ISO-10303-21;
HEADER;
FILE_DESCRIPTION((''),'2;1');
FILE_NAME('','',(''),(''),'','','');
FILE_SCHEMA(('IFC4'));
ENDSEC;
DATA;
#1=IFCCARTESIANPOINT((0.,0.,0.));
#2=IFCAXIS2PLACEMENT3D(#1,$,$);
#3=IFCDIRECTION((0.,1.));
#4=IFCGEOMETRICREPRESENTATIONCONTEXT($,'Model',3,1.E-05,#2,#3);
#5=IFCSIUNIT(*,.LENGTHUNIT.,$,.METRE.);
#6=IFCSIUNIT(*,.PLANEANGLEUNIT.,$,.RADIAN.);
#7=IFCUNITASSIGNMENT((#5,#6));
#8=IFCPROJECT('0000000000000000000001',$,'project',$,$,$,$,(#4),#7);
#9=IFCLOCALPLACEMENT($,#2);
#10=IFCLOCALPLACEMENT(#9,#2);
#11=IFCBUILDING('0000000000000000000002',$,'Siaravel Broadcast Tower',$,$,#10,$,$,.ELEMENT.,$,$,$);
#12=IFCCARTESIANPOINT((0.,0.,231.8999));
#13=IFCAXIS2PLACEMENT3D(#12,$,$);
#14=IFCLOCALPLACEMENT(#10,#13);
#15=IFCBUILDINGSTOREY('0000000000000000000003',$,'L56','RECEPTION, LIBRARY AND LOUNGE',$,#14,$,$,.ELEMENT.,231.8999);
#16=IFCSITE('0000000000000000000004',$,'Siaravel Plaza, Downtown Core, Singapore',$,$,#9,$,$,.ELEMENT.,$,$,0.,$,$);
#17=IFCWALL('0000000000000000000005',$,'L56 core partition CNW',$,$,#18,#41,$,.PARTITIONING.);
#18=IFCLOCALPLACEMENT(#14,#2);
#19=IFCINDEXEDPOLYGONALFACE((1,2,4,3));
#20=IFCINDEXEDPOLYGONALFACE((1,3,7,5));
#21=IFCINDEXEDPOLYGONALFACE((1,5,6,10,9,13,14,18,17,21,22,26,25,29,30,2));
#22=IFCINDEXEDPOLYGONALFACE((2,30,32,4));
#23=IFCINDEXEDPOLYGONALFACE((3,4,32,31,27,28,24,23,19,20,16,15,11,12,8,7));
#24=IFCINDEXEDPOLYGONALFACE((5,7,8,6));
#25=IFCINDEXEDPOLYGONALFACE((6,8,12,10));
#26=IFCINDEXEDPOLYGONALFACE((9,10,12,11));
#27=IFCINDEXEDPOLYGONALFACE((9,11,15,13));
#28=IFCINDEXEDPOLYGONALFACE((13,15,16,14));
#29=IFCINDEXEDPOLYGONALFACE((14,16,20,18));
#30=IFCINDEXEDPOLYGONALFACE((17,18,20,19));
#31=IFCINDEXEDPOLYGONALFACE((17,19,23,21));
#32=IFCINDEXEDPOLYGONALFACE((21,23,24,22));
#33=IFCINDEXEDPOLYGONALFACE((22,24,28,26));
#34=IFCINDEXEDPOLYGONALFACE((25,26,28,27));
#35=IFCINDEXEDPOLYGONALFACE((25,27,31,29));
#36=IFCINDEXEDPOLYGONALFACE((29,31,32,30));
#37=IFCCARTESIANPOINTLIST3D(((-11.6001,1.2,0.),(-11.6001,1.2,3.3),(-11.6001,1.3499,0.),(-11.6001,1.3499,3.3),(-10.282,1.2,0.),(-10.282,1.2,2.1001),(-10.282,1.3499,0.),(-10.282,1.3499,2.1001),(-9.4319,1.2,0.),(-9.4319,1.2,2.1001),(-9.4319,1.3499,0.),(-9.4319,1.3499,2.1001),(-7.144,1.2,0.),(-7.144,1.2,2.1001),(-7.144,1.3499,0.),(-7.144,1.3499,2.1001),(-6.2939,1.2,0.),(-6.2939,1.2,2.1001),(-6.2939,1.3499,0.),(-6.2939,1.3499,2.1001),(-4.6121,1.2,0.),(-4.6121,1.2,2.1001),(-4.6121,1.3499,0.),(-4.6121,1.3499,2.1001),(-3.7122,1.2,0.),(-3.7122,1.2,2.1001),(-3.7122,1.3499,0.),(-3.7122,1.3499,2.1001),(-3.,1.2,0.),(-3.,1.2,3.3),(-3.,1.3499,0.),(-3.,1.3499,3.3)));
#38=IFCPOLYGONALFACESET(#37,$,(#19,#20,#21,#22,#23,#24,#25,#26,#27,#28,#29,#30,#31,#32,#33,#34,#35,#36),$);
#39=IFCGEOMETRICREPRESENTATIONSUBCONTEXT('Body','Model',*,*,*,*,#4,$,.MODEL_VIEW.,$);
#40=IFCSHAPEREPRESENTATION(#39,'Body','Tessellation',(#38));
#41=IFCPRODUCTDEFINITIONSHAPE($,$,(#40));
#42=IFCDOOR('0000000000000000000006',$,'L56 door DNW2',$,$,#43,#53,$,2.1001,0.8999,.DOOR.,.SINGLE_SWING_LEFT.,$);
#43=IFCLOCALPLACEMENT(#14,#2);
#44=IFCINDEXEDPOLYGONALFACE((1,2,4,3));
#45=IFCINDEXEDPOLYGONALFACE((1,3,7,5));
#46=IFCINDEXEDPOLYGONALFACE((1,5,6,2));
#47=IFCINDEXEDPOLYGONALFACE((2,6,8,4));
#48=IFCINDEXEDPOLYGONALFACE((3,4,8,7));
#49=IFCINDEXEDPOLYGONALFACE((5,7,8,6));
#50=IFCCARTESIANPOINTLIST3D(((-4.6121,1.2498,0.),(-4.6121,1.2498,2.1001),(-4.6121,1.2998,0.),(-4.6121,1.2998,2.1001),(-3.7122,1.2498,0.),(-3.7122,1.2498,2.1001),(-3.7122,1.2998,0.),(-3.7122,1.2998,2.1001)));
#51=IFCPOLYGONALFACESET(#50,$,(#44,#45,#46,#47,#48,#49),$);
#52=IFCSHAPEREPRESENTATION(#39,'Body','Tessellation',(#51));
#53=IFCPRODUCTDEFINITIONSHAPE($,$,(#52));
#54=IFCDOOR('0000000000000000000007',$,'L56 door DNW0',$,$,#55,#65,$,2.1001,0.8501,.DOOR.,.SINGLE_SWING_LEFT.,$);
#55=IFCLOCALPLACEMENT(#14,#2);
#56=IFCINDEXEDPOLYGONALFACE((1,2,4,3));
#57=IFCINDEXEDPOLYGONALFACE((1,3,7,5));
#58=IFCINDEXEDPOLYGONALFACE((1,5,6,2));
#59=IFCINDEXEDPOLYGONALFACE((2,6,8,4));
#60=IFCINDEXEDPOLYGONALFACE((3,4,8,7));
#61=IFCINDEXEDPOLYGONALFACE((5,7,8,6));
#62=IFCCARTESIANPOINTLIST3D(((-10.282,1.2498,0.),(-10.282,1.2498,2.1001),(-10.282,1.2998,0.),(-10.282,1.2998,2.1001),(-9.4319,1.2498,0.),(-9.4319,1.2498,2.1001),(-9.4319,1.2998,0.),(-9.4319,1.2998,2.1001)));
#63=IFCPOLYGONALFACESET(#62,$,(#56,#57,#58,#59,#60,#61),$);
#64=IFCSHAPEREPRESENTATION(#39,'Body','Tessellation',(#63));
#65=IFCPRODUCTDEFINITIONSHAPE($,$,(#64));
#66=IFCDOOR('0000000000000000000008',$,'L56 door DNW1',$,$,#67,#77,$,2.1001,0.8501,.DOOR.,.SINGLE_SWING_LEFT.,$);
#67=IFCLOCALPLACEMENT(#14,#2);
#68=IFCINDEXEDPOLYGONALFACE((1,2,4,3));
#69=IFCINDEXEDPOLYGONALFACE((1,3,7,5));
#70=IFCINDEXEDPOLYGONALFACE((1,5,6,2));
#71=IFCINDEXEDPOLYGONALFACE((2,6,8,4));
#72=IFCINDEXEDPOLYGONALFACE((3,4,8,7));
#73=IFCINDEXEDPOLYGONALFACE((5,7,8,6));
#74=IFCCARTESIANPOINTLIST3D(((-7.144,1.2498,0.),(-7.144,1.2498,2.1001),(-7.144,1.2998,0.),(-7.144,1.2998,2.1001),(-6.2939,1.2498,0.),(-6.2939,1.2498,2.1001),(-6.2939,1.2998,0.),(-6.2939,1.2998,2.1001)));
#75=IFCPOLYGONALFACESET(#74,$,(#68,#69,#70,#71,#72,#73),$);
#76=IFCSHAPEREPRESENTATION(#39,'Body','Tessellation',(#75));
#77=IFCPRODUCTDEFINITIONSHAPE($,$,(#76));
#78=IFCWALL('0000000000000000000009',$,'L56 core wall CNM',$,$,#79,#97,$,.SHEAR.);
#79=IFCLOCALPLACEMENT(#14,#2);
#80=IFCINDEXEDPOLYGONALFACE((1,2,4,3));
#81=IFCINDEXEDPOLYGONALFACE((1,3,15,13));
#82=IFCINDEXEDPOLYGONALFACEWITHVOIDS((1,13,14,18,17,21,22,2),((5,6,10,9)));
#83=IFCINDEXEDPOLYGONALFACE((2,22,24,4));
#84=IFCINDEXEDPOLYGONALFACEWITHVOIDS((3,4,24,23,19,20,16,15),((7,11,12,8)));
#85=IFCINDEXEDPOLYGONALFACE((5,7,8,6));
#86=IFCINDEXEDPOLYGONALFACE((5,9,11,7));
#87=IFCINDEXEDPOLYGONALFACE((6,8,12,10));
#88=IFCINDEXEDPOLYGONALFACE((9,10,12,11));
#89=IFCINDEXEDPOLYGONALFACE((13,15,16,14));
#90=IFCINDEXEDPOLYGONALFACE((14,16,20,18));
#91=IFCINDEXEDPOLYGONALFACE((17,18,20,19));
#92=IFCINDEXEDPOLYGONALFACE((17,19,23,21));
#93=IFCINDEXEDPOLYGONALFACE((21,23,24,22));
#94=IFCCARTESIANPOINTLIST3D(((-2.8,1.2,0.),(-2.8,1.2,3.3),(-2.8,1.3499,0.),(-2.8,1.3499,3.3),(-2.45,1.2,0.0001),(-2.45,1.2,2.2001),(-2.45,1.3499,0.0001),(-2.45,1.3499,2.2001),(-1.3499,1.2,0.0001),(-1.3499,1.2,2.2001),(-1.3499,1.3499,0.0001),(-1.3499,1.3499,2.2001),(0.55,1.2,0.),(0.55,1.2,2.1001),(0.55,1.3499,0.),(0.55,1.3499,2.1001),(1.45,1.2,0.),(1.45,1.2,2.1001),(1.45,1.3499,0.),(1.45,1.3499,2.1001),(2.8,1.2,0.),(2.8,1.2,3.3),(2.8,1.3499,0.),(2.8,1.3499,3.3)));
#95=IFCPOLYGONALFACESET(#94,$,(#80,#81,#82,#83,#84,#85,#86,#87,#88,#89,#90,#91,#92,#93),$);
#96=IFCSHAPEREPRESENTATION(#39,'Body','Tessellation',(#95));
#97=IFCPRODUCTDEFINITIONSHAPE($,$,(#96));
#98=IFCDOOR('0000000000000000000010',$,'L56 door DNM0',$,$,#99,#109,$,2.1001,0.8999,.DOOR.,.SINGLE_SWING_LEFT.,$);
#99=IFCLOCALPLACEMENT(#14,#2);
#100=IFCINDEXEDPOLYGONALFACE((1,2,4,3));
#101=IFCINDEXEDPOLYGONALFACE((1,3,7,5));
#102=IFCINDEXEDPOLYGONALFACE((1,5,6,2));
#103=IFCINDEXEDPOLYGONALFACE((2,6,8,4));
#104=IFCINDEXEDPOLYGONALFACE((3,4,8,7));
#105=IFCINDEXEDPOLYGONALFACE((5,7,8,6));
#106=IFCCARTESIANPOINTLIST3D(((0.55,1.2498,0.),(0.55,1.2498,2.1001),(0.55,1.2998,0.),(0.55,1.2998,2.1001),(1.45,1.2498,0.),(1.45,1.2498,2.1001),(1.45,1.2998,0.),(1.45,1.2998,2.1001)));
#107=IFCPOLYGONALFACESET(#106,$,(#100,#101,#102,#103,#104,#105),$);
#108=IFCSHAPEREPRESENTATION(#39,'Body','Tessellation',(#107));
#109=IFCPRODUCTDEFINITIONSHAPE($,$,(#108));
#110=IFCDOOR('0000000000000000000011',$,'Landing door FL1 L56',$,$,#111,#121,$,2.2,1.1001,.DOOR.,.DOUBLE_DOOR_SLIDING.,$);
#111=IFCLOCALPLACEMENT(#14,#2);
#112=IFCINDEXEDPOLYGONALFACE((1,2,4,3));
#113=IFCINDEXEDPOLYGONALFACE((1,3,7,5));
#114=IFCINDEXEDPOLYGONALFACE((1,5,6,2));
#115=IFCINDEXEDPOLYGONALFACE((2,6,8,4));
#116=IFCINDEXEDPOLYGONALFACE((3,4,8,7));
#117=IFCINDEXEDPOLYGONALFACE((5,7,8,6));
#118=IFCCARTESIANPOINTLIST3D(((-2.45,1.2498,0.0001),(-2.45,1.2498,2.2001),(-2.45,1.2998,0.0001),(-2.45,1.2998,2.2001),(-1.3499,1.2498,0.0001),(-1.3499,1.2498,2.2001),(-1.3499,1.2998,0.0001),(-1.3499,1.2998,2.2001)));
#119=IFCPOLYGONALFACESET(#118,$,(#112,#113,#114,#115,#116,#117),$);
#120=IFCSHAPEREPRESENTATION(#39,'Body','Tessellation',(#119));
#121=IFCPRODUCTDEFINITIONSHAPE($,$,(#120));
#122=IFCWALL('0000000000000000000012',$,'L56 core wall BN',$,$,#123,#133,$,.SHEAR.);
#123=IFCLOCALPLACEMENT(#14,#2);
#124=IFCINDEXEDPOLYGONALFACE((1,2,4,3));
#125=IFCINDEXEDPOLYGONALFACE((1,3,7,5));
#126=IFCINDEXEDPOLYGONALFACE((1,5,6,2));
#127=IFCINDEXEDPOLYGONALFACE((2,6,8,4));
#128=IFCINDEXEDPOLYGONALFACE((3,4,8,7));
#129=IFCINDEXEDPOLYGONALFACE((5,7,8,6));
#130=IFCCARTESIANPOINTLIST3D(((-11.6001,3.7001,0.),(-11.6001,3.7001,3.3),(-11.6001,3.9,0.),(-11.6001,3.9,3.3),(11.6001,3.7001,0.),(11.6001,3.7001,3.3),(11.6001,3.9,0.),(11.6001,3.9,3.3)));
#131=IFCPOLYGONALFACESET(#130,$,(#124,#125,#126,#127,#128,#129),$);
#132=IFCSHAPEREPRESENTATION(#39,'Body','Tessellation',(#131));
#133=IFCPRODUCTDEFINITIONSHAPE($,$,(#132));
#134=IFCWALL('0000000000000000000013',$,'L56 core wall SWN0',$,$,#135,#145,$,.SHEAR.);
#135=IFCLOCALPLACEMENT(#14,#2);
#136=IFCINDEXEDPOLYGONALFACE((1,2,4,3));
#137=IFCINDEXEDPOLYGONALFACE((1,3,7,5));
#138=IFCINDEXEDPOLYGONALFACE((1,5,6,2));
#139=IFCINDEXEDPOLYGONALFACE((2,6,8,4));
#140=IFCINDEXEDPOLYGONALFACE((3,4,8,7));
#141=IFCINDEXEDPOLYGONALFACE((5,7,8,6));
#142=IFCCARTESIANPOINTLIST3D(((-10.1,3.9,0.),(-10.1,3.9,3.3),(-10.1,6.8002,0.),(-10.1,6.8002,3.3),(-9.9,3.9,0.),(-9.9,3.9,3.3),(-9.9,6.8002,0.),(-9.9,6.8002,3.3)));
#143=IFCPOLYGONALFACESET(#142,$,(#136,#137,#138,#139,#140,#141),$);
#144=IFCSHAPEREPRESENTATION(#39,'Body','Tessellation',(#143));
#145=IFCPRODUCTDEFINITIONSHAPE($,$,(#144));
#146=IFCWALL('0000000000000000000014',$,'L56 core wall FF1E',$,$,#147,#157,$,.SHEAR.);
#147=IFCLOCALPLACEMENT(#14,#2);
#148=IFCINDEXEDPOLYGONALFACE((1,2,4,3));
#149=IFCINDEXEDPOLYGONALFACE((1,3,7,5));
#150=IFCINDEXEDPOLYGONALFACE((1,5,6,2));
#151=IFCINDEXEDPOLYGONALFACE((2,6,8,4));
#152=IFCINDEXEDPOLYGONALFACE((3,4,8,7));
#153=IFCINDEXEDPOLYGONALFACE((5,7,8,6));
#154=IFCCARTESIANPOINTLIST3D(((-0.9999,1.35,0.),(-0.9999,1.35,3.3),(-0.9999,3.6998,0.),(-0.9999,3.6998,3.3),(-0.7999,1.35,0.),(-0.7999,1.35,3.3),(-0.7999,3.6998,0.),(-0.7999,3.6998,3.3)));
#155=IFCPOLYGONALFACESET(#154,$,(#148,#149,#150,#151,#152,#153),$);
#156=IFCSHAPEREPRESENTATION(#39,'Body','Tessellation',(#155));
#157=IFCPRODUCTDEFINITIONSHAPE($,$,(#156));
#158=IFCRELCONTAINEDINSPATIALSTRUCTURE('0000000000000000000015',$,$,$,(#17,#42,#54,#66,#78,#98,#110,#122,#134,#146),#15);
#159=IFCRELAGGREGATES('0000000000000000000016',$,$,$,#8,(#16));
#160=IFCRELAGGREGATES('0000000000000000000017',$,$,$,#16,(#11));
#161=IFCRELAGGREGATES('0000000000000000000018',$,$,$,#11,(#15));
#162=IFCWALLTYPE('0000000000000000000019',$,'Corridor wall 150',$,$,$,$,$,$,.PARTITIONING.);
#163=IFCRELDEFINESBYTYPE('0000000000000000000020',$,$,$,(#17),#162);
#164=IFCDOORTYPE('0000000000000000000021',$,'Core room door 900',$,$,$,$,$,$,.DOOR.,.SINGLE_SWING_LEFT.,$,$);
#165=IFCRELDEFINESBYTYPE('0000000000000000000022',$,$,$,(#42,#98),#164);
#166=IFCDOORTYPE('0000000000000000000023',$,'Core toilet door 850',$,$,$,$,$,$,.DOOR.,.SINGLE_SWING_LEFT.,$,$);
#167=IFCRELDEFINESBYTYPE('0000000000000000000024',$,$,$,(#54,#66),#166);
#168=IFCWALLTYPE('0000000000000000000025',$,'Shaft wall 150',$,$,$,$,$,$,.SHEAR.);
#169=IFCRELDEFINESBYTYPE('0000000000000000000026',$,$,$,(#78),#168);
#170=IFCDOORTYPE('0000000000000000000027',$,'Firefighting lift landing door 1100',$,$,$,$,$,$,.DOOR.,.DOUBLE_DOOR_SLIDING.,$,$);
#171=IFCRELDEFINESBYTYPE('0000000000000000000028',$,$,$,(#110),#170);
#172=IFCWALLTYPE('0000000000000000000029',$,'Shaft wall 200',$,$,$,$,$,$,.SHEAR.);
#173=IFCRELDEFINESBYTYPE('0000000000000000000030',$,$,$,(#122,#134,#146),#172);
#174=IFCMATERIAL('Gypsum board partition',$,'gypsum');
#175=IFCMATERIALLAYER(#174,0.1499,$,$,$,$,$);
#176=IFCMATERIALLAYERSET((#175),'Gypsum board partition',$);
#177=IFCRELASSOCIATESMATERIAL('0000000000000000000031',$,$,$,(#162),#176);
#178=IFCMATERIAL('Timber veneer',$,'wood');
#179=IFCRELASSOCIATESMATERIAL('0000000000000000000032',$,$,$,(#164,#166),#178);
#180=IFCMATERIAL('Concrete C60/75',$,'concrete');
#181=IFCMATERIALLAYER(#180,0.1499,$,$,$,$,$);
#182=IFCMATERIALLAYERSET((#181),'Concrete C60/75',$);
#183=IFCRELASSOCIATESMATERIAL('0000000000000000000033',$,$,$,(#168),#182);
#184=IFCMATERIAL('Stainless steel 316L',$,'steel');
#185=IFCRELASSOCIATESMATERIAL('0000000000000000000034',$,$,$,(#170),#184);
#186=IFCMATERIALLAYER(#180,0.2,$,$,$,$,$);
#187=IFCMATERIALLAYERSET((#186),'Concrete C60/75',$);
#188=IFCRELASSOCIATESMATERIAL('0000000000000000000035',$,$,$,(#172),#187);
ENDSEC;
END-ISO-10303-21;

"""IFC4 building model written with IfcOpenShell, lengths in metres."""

from ifc_helpers import new_model, si_unit, direction, frame, frame_2d, origin, place, context, subcontext, project, spatial, rectangle, extrude, material, layer, layer_set, type_object, element, fill, save


model = new_model("IFC4")

# Units and contexts
model_context = context("Model", 3, precision=1e-05, world=origin(), true_north=direction((0.0, 1.0)))
body_context = subcontext(model_context, "Body", "Model", "MODEL_VIEW")
ifc_project = project(units=[si_unit("LENGTHUNIT", "METRE"), si_unit("PLANEANGLEUNIT", "RADIAN")], contexts=[model_context])

# Site, building, storey
site_placement = place(None, origin())
site = spatial("IfcSite", under=ifc_project, at=site_placement, Name="Siaravel Plaza, Downtown Core, Singapore", CompositionType="ELEMENT", RefElevation=0.0)
building_placement = place(site_placement, origin())
building = spatial("IfcBuilding", under=site, at=building_placement, Name="Siaravel Broadcast Tower", CompositionType="ELEMENT")
storey_placement = place(building_placement, frame((0.0, 0.0, 231.8999)))
storey = spatial("IfcBuildingStorey", under=building, at=storey_placement, Name="L56", Description="RECEPTION, LIBRARY AND LOUNGE", CompositionType="ELEMENT", Elevation=231.8999)

# Walls, openings, doors
ifc_material_1 = material(Name="Gypsum board partition", Category="gypsum")
ifc_layer_1 = layer(ifc_material_1, 0.1499)
ifc_layer_set_1 = layer_set([ifc_layer_1], Name="Gypsum board partition")
wall_type_1 = type_object("IfcWallType", Name="Corridor wall 150", PredefinedType="PARTITIONING", material=ifc_layer_set_1)
wall_1_placement = place(storey_placement, frame((-11.6001, 1.2749, 0.0), z_axis=(0.0, 0.0, 1.0), x_axis=(1.0, 0.0, 0.0)))
wall_1 = element("IfcWall", 1, at=wall_1_placement, inside=storey, type_object=wall_type_1, Name="L56 core partition CNW", PredefinedType="PARTITIONING", context=body_context, shape_type="SweptSolid", body=[
    extrude(rectangle(XDim=8.6001, YDim=0.1499, at=frame_2d((4.3, 0.0))), origin(), (0.0, 0.0, 1.0), 3.3),
])
opening_1_placement = place(wall_1_placement, frame((1.3181, 0.0, 0.0)))
opening_1 = element("IfcOpeningElement", 2, at=opening_1_placement, cuts=wall_1, PredefinedType="OPENING", context=body_context, shape_type="SweptSolid", body=[
    extrude(rectangle(XDim=0.8501, YDim=2.1001, at=frame_2d((0.425, 1.05))), frame((0.0, 0.085, 0.0), z_axis=(0.0, -1.0, 0.0), x_axis=(1.0, 0.0, 0.0)), (0.0, 0.0, 1.0), 0.1699),
])
opening_2_placement = place(wall_1_placement, frame((4.4561, 0.0, 0.0)))
opening_2 = element("IfcOpeningElement", 3, at=opening_2_placement, cuts=wall_1, PredefinedType="OPENING", context=body_context, shape_type="SweptSolid", body=[
    extrude(rectangle(XDim=0.8501, YDim=2.1001, at=frame_2d((0.425, 1.05))), frame((0.0, 0.085, 0.0), z_axis=(0.0, -1.0, 0.0), x_axis=(1.0, 0.0, 0.0)), (0.0, 0.0, 1.0), 0.1699),
])
opening_3_placement = place(wall_1_placement, frame((6.988, 0.0, 0.0)))
opening_3 = element("IfcOpeningElement", 4, at=opening_3_placement, cuts=wall_1, PredefinedType="OPENING", context=body_context, shape_type="SweptSolid", body=[
    extrude(rectangle(XDim=0.8999, YDim=2.1001, at=frame_2d((0.45, 1.05))), frame((0.0, 0.085, 0.0), z_axis=(0.0, -1.0, 0.0), x_axis=(1.0, 0.0, 0.0)), (0.0, 0.0, 1.0), 0.1699),
])
ifc_material_2 = material(Name="Timber veneer", Category="wood")
door_type_1 = type_object("IfcDoorType", Name="Core room door 900", OperationType="SINGLE_SWING_LEFT", PredefinedType="DOOR", material=ifc_material_2)
door_1_placement = place(opening_3_placement, origin())
door_1 = element("IfcDoor", 5, at=door_1_placement, inside=storey, type_object=door_type_1, Name="L56 door DNW2", OperationType="SINGLE_SWING_LEFT", OverallHeight=2.1001, OverallWidth=0.8999, PredefinedType="DOOR", context=body_context, shape_type="SweptSolid", body=[
    extrude(rectangle(XDim=0.8999, YDim=2.1001, at=frame_2d((0.45, 1.05))), frame((0.0, 0.0249, 0.0), z_axis=(0.0, -1.0, 0.0), x_axis=(1.0, 0.0, 0.0)), (0.0, 0.0, 1.0), 0.05),
])
fill(opening_3, door_1)
door_type_2 = type_object("IfcDoorType", Name="Core toilet door 850", OperationType="SINGLE_SWING_LEFT", PredefinedType="DOOR", material=ifc_material_2)
door_2_placement = place(opening_1_placement, origin())
door_2 = element("IfcDoor", 6, at=door_2_placement, inside=storey, type_object=door_type_2, Name="L56 door DNW0", OperationType="SINGLE_SWING_LEFT", OverallHeight=2.1001, OverallWidth=0.8501, PredefinedType="DOOR", context=body_context, shape_type="SweptSolid", body=[
    extrude(rectangle(XDim=0.8501, YDim=2.1001, at=frame_2d((0.425, 1.05))), frame((0.0, 0.0249, 0.0), z_axis=(0.0, -1.0, 0.0), x_axis=(1.0, 0.0, 0.0)), (0.0, 0.0, 1.0), 0.05),
])
fill(opening_1, door_2)
door_3_placement = place(opening_2_placement, origin())
door_3 = element("IfcDoor", 7, at=door_3_placement, inside=storey, type_object=door_type_2, Name="L56 door DNW1", OperationType="SINGLE_SWING_LEFT", OverallHeight=2.1001, OverallWidth=0.8501, PredefinedType="DOOR", context=body_context, shape_type="SweptSolid", body=[
    extrude(rectangle(XDim=0.8501, YDim=2.1001, at=frame_2d((0.425, 1.05))), frame((0.0, 0.0249, 0.0), z_axis=(0.0, -1.0, 0.0), x_axis=(1.0, 0.0, 0.0)), (0.0, 0.0, 1.0), 0.05),
])
fill(opening_2, door_3)
ifc_material_3 = material(Name="Concrete C60/75", Category="concrete")
ifc_layer_2 = layer(ifc_material_3, 0.1499)
ifc_layer_set_2 = layer_set([ifc_layer_2], Name="Concrete C60/75")
wall_type_2 = type_object("IfcWallType", Name="Shaft wall 150", PredefinedType="SHEAR", material=ifc_layer_set_2)
wall_2_placement = place(storey_placement, frame((-2.8, 1.2749, 0.0), z_axis=(0.0, 0.0, 1.0), x_axis=(1.0, 0.0, 0.0)))
wall_2 = element("IfcWall", 8, at=wall_2_placement, inside=storey, type_object=wall_type_2, Name="L56 core wall CNM", PredefinedType="SHEAR", context=body_context, shape_type="SweptSolid", body=[
    extrude(rectangle(XDim=5.6001, YDim=0.1499, at=frame_2d((2.8, 0.0))), origin(), (0.0, 0.0, 1.0), 3.3),
])
opening_4_placement = place(wall_2_placement, frame((0.3501, 0.0, 0.0)))
opening_4 = element("IfcOpeningElement", 9, at=opening_4_placement, cuts=wall_2, PredefinedType="OPENING", context=body_context, shape_type="SweptSolid", body=[
    extrude(rectangle(XDim=1.1001, YDim=2.2, at=frame_2d((0.55, 1.1001))), frame((0.0, 0.085, 0.0), z_axis=(0.0, -1.0, 0.0), x_axis=(1.0, 0.0, 0.0)), (0.0, 0.0, 1.0), 0.1699),
])
opening_5_placement = place(wall_2_placement, frame((3.3501, 0.0, 0.0)))
opening_5 = element("IfcOpeningElement", 10, at=opening_5_placement, cuts=wall_2, PredefinedType="OPENING", context=body_context, shape_type="SweptSolid", body=[
    extrude(rectangle(XDim=0.8999, YDim=2.1001, at=frame_2d((0.45, 1.05))), frame((0.0, 0.085, 0.0), z_axis=(0.0, -1.0, 0.0), x_axis=(1.0, 0.0, 0.0)), (0.0, 0.0, 1.0), 0.1699),
])
door_4_placement = place(opening_5_placement, origin())
door_4 = element("IfcDoor", 11, at=door_4_placement, inside=storey, type_object=door_type_1, Name="L56 door DNM0", OperationType="SINGLE_SWING_LEFT", OverallHeight=2.1001, OverallWidth=0.8999, PredefinedType="DOOR", context=body_context, shape_type="SweptSolid", body=[
    extrude(rectangle(XDim=0.8999, YDim=2.1001, at=frame_2d((0.45, 1.05))), frame((0.0, 0.0249, 0.0), z_axis=(0.0, -1.0, 0.0), x_axis=(1.0, 0.0, 0.0)), (0.0, 0.0, 1.0), 0.05),
])
fill(opening_5, door_4)
ifc_material_4 = material(Name="Stainless steel 316L", Category="steel")
door_type_3 = type_object("IfcDoorType", Name="Firefighting lift landing door 1100", OperationType="DOUBLE_DOOR_SLIDING", PredefinedType="DOOR", material=ifc_material_4)
door_5_placement = place(opening_4_placement, origin())
door_5 = element("IfcDoor", 12, at=door_5_placement, inside=storey, type_object=door_type_3, Name="Landing door FL1 L56", OperationType="DOUBLE_DOOR_SLIDING", OverallHeight=2.2, OverallWidth=1.1001, PredefinedType="DOOR", context=body_context, shape_type="SweptSolid", body=[
    extrude(rectangle(XDim=1.1001, YDim=2.2, at=frame_2d((0.55, 1.1001))), frame((0.0, 0.0249, 0.0), z_axis=(0.0, -1.0, 0.0), x_axis=(1.0, 0.0, 0.0)), (0.0, 0.0, 1.0), 0.05),
])
fill(opening_4, door_5)

# Walls
ifc_layer_3 = layer(ifc_material_3, 0.2)
ifc_layer_set_3 = layer_set([ifc_layer_3], Name="Concrete C60/75")
wall_type_3 = type_object("IfcWallType", Name="Shaft wall 200", PredefinedType="SHEAR", material=ifc_layer_set_3)
wall_3_placement = place(storey_placement, frame((-11.6001, 3.8, 0.0), z_axis=(0.0, 0.0, 1.0), x_axis=(1.0, 0.0, 0.0)))
element("IfcWall", 13, at=wall_3_placement, inside=storey, type_object=wall_type_3, Name="L56 core wall BN", PredefinedType="SHEAR", context=body_context, shape_type="SweptSolid", body=[
    extrude(rectangle(XDim=23.2002, YDim=0.2, at=frame_2d((11.6001, 0.0))), origin(), (0.0, 0.0, 1.0), 3.3),
])
wall_4_placement = place(storey_placement, frame((-10.0, 3.8999, 0.0), z_axis=(0.0, 0.0, 1.0), x_axis=(0.0, 1.0, 0.0)))
element("IfcWall", 14, at=wall_4_placement, inside=storey, type_object=wall_type_3, Name="L56 core wall SWN0", PredefinedType="SHEAR", context=body_context, shape_type="SweptSolid", body=[
    extrude(rectangle(XDim=2.9001, YDim=0.2, at=frame_2d((1.4502, 0.0))), origin(), (0.0, 0.0, 1.0), 3.3),
])
wall_5_placement = place(storey_placement, frame((-0.8999, 1.3501, 0.0), z_axis=(0.0, 0.0, 1.0), x_axis=(0.0, 1.0, 0.0)))
element("IfcWall", 15, at=wall_5_placement, inside=storey, type_object=wall_type_3, Name="L56 core wall FF1E", PredefinedType="SHEAR", context=body_context, shape_type="SweptSolid", body=[
    extrude(rectangle(XDim=2.3499, YDim=0.2, at=frame_2d((1.1748, 0.0))), origin(), (0.0, 0.0, 1.0), 3.3),
])

save(model, "model.ifc")
